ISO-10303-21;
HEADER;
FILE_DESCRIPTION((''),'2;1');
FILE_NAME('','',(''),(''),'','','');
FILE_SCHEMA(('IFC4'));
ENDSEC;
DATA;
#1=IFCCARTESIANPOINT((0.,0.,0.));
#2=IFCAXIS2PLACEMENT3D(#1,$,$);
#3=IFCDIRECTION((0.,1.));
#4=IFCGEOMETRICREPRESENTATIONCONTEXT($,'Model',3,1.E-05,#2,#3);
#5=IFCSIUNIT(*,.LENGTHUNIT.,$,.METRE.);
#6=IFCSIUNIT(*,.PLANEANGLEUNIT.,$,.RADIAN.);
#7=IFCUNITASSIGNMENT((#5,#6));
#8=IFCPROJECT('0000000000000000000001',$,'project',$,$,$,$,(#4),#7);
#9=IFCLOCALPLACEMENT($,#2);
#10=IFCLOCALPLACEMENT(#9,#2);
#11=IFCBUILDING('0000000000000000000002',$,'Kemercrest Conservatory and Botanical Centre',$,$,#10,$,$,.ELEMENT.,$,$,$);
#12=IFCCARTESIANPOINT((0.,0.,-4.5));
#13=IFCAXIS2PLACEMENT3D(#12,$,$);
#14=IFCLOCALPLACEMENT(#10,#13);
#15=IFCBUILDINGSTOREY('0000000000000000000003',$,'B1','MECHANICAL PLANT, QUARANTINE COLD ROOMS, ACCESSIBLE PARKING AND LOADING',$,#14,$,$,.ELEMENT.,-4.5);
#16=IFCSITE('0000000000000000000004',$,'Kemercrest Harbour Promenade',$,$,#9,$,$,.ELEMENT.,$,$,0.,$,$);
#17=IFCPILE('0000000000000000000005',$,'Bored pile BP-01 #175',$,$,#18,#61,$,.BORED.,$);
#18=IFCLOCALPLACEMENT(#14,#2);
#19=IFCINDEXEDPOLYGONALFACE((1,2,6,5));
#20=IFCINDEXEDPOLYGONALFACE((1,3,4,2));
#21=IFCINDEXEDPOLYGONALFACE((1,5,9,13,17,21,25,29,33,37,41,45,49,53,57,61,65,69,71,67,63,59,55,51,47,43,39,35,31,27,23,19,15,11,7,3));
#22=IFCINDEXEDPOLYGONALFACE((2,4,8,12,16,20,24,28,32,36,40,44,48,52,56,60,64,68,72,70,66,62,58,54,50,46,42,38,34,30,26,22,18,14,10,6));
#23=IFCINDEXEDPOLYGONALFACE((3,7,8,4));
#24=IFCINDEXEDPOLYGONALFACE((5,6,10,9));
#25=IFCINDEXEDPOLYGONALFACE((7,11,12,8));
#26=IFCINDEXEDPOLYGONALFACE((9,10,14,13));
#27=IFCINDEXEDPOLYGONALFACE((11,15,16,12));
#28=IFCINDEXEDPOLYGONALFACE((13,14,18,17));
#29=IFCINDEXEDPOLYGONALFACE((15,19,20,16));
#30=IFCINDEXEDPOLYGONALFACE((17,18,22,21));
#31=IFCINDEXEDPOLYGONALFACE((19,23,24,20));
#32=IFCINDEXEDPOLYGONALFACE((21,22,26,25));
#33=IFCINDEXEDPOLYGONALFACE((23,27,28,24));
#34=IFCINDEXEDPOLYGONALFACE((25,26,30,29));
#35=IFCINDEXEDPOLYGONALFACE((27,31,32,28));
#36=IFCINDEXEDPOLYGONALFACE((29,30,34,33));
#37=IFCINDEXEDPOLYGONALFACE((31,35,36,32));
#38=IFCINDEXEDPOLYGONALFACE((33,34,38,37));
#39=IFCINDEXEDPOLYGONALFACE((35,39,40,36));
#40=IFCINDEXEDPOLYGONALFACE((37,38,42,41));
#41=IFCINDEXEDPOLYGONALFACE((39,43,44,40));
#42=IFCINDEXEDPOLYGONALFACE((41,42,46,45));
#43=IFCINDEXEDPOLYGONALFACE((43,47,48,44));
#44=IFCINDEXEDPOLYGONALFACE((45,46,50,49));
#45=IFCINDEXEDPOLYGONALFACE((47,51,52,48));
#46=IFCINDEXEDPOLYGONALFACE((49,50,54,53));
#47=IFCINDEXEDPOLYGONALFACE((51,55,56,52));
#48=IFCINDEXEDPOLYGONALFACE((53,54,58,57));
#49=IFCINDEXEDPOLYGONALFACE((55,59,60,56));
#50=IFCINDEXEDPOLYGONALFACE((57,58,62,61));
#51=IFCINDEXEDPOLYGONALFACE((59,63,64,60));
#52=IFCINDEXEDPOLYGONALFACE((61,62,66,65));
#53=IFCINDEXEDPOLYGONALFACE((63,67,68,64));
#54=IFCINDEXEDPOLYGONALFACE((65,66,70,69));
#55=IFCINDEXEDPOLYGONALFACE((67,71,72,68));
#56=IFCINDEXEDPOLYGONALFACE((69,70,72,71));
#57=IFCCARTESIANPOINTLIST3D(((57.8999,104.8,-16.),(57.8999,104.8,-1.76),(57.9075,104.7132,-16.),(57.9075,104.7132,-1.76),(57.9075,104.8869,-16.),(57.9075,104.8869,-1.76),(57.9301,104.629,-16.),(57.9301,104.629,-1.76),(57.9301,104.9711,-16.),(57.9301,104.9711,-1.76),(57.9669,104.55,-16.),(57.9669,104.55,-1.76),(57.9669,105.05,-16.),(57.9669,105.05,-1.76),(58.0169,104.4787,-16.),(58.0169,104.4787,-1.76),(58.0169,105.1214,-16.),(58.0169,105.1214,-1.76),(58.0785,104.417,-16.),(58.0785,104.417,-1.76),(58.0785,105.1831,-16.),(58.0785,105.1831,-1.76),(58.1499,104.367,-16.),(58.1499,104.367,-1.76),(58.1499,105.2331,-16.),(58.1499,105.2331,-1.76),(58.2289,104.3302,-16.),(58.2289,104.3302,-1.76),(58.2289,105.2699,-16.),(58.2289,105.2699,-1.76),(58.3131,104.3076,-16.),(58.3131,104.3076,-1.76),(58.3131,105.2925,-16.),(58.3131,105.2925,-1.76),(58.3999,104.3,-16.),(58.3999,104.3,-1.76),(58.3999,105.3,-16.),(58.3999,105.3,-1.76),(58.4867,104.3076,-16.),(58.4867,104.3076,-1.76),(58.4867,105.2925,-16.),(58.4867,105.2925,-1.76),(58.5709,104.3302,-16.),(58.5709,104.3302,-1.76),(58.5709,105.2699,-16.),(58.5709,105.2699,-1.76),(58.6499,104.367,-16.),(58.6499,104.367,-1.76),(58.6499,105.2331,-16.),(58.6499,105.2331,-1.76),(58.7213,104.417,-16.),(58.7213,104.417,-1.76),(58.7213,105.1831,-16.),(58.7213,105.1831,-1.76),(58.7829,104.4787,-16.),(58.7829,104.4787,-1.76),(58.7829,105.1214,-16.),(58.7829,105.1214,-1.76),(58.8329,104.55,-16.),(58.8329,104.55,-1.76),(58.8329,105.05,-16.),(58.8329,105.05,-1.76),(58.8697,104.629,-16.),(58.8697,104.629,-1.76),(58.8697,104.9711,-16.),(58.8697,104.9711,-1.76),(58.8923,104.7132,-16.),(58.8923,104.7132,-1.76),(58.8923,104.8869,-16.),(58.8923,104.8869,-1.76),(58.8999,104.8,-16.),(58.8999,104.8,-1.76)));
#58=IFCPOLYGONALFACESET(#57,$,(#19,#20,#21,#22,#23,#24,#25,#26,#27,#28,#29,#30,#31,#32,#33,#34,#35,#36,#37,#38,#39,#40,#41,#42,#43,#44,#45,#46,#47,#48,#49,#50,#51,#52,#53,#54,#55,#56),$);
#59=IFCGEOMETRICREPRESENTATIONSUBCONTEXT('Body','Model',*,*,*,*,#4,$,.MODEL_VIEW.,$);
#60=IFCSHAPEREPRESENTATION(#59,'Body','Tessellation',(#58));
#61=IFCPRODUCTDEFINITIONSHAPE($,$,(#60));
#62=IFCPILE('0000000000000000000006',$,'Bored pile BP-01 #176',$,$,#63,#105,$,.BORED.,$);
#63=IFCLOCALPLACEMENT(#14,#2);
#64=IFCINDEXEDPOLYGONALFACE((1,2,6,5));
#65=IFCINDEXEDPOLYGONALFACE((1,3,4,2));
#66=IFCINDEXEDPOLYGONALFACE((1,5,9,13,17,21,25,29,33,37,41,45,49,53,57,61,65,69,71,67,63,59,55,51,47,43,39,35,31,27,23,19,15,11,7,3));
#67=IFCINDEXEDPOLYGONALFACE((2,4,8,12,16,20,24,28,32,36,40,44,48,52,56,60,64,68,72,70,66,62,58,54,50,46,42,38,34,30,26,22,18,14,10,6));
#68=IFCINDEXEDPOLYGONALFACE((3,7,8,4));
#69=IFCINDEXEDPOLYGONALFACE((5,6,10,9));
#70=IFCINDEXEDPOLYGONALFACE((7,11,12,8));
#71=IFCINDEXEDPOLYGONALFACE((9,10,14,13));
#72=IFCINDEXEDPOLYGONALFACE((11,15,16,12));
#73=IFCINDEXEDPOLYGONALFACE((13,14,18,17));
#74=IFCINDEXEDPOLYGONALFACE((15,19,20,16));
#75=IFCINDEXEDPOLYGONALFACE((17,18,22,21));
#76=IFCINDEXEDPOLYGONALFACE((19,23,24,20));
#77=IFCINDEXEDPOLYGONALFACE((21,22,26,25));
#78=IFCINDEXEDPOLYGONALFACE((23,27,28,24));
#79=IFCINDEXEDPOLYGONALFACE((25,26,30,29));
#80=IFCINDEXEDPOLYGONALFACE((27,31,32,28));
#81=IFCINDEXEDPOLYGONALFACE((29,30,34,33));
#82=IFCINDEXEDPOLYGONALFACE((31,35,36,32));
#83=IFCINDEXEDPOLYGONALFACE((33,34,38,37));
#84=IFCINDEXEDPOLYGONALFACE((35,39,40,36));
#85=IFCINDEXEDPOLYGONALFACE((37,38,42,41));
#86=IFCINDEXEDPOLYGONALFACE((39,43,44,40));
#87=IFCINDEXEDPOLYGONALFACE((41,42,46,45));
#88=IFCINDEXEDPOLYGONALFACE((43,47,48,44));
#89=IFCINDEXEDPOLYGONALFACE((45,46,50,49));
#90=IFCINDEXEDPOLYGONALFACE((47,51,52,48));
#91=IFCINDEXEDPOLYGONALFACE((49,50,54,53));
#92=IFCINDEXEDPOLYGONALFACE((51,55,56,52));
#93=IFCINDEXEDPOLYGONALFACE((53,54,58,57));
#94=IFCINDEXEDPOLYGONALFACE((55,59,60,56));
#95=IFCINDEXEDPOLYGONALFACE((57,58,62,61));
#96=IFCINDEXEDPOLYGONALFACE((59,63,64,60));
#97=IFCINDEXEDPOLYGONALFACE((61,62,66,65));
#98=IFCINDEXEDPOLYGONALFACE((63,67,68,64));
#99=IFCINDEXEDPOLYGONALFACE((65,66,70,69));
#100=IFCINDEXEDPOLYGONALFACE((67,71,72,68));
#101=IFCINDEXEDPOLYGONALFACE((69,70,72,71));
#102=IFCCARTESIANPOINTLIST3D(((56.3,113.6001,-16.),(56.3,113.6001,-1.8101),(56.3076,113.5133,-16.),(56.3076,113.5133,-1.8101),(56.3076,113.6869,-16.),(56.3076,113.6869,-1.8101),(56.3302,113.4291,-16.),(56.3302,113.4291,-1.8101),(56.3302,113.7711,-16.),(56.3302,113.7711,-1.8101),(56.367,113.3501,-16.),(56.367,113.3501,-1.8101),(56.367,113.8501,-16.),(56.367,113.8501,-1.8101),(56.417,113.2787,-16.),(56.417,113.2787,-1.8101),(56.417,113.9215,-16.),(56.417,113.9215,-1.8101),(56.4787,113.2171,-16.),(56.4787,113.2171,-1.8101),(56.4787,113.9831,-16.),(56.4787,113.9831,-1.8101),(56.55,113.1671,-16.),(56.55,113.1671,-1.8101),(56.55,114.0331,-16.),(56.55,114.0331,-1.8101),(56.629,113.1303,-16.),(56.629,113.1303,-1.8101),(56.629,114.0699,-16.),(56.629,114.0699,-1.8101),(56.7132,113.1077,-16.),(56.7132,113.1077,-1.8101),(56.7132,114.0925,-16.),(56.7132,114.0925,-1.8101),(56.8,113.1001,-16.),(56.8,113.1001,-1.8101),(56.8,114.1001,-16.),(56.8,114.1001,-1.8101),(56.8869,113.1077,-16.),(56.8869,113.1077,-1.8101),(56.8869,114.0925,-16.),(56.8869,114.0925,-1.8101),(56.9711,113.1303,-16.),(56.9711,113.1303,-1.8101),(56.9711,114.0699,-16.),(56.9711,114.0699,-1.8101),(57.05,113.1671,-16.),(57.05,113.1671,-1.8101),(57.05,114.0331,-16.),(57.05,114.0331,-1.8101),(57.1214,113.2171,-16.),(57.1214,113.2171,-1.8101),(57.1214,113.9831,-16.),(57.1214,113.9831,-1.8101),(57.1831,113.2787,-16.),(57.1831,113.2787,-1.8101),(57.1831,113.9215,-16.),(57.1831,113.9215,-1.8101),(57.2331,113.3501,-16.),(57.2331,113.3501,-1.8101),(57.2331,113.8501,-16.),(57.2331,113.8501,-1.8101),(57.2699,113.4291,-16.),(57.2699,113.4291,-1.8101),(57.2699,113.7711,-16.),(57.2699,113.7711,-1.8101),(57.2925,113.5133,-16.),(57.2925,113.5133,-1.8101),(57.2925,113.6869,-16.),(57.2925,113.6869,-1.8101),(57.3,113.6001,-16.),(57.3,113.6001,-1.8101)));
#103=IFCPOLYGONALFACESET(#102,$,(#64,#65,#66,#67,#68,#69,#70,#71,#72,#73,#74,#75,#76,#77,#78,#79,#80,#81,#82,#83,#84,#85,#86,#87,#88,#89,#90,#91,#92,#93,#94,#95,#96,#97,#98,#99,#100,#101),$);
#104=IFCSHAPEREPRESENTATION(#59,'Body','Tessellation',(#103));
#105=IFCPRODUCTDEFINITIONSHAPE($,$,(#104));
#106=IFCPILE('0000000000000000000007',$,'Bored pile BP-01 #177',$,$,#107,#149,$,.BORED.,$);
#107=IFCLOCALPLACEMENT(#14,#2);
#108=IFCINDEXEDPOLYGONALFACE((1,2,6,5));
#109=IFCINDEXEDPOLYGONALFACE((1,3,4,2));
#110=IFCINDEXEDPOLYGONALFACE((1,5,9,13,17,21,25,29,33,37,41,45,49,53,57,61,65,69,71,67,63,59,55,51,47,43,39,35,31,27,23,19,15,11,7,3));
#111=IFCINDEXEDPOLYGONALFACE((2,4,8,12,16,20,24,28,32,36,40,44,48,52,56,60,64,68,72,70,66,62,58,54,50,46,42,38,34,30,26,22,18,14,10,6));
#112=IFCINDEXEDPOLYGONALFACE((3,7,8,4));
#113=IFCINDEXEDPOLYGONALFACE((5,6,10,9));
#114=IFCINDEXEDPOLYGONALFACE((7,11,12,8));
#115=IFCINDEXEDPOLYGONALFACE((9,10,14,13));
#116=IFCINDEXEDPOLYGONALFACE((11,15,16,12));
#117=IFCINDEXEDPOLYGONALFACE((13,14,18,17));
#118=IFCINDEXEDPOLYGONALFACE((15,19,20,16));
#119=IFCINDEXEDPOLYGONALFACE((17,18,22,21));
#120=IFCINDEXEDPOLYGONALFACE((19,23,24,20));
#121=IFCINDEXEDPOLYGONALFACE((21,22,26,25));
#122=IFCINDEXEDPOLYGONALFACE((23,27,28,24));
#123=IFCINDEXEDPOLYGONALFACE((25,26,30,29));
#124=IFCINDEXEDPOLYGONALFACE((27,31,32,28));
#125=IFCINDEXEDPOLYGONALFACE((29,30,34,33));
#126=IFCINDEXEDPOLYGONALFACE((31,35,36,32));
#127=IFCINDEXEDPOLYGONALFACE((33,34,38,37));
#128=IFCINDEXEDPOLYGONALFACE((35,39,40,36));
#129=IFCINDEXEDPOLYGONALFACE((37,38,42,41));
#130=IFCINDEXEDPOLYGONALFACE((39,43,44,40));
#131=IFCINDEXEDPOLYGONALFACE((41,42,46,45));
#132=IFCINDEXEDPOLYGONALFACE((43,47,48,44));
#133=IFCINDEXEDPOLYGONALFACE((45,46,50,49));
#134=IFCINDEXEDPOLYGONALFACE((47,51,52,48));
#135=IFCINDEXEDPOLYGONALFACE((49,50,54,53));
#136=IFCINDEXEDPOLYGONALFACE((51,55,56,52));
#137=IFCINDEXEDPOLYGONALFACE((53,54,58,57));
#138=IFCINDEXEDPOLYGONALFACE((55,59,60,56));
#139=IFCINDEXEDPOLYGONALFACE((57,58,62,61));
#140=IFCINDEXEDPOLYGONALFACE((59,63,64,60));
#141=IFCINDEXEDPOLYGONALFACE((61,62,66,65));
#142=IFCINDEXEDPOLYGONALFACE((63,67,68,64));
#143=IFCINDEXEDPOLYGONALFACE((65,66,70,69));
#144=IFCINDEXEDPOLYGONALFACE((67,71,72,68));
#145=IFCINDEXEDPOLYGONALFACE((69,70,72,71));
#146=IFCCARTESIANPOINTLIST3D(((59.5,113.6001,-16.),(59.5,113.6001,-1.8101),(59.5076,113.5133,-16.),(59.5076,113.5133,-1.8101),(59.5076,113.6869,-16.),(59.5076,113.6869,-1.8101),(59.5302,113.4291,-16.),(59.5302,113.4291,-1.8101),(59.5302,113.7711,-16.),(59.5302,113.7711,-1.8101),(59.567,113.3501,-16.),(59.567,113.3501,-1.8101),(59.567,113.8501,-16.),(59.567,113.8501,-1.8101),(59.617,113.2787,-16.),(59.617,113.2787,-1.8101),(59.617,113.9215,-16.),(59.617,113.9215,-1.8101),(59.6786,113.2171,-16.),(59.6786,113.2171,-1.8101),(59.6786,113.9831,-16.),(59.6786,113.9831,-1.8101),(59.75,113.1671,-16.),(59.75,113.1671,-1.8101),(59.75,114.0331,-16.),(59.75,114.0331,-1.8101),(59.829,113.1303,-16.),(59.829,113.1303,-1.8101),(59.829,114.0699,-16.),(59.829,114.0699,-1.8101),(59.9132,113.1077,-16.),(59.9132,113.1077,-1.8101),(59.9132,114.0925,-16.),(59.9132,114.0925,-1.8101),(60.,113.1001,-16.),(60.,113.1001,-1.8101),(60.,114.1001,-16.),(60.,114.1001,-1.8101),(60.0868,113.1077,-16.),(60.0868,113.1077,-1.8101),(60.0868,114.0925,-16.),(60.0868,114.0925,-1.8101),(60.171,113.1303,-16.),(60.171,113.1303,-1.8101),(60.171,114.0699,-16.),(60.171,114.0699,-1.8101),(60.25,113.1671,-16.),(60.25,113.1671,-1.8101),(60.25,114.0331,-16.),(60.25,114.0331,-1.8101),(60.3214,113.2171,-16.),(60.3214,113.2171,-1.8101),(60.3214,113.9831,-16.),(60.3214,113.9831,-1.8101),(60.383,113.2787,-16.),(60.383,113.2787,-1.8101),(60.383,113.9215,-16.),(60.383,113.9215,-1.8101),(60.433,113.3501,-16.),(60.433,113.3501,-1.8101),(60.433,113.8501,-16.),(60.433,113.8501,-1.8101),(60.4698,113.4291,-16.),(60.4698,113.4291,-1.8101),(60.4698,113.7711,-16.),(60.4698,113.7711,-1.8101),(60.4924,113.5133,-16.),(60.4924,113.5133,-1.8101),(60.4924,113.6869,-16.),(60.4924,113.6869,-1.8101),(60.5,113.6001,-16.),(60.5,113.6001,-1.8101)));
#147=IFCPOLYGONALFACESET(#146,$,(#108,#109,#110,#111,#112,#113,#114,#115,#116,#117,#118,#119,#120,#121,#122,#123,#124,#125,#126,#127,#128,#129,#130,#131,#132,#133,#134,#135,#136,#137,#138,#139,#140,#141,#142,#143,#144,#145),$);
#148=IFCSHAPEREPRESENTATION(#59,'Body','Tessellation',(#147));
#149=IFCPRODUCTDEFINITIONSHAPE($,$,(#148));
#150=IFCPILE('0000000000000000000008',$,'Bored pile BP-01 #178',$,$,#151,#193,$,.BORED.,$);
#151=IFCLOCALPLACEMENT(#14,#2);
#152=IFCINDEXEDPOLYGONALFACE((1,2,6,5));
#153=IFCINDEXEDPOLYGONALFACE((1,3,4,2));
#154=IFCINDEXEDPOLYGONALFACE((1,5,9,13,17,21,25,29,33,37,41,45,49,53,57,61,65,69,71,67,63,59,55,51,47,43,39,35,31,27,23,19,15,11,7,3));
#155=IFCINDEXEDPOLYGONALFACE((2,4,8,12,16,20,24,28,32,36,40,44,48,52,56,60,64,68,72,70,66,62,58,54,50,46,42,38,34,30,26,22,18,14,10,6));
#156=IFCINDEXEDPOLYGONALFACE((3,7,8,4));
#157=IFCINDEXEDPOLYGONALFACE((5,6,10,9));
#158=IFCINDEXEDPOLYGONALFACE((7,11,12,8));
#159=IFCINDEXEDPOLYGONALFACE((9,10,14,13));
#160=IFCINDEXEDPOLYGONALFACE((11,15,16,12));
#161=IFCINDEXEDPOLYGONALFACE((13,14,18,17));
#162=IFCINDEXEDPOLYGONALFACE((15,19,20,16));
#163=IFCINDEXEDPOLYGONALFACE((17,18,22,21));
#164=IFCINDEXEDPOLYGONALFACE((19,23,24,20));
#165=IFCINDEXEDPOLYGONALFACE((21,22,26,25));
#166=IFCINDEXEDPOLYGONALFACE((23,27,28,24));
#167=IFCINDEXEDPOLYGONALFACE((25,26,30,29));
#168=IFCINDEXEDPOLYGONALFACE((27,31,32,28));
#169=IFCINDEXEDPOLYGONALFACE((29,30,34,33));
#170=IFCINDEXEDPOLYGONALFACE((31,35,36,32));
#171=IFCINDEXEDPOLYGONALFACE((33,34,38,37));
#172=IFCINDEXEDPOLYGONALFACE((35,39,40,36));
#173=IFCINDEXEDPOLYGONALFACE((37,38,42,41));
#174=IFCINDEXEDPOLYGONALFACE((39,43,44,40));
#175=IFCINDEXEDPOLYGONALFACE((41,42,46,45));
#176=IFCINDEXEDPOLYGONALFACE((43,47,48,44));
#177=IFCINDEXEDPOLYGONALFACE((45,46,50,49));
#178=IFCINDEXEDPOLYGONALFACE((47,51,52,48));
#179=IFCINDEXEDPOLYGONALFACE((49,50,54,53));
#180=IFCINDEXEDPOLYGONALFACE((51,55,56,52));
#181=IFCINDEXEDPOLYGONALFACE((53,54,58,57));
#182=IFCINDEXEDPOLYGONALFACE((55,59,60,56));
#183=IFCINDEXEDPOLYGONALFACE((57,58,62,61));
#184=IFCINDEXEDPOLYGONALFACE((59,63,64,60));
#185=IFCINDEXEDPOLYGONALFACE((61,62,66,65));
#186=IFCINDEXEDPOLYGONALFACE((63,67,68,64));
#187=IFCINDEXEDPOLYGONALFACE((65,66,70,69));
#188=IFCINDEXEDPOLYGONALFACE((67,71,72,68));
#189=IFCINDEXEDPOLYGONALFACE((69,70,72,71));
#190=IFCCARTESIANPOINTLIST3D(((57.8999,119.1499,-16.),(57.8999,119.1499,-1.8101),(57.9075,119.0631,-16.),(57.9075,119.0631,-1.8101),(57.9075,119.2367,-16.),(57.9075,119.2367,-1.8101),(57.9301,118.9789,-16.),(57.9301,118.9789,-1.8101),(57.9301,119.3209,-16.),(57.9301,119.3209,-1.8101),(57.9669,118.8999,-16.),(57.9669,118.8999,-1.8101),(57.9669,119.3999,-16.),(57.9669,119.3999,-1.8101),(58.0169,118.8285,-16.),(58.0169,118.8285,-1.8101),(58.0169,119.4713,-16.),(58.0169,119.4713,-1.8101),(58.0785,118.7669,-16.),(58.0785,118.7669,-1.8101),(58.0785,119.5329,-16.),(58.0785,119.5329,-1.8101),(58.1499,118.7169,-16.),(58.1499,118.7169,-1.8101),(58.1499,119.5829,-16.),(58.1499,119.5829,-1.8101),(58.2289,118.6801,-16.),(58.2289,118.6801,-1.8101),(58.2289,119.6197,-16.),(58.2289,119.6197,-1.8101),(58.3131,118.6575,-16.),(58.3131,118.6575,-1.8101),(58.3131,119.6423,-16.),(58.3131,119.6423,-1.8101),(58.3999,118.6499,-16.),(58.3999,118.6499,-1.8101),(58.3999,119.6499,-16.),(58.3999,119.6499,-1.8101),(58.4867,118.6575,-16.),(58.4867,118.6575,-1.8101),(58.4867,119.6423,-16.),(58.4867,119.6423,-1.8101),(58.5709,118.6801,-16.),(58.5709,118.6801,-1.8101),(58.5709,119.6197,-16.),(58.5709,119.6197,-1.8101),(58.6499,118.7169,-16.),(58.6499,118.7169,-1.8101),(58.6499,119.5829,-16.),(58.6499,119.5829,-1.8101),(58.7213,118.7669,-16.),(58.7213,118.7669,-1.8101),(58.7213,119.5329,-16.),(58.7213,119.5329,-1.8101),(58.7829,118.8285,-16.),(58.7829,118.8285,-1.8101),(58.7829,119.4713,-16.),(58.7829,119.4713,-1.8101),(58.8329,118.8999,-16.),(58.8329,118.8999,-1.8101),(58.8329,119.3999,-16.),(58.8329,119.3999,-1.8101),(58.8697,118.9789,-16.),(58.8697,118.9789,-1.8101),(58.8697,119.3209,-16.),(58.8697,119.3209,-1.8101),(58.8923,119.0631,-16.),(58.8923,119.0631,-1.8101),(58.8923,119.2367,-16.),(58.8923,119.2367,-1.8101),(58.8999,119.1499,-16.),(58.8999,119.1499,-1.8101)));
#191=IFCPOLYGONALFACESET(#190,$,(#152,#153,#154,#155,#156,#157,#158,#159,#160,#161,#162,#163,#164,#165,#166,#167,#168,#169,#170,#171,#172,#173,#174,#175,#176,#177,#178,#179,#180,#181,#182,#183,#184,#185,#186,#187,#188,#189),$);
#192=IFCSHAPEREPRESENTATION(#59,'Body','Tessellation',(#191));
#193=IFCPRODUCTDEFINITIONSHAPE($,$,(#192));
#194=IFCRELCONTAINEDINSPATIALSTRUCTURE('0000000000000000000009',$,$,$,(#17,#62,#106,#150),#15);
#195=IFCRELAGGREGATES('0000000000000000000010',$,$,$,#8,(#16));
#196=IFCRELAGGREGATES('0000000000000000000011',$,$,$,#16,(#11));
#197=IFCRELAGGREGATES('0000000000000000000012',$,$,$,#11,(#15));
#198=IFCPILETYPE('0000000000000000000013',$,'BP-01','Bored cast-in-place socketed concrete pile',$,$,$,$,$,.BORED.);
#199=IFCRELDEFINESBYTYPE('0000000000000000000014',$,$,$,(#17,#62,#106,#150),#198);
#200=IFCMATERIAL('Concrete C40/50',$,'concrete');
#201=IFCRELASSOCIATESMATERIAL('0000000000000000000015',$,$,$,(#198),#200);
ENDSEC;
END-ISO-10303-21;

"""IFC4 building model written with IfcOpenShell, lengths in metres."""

from ifc_helpers import new_model, si_unit, direction, frame, origin, origin_2d, place, context, subcontext, project, spatial, circle, extrude, material, material_profile, profile_set, type_object, element, save


model = new_model("IFC4")

# Units and contexts
model_context = context("Model", 3, precision=1e-05, world=origin(), true_north=direction((0.0, 1.0)))
body_context = subcontext(model_context, "Body", "Model", "MODEL_VIEW")
ifc_project = project(units=[si_unit("LENGTHUNIT", "METRE"), si_unit("PLANEANGLEUNIT", "RADIAN")], contexts=[model_context])

# Site, building, storey
site_placement = place(None, origin())
site = spatial("IfcSite", under=ifc_project, at=site_placement, Name="Kemercrest Harbour Promenade", CompositionType="ELEMENT", RefElevation=0.0)
building_placement = place(site_placement, origin())
building = spatial("IfcBuilding", under=site, at=building_placement, Name="Kemercrest Conservatory and Botanical Centre", CompositionType="ELEMENT")
storey_placement = place(building_placement, frame((0.0, 0.0, -4.5)))
storey = spatial("IfcBuildingStorey", under=building, at=storey_placement, Name="B1", Description="MECHANICAL PLANT, QUARANTINE COLD ROOMS, ACCESSIBLE PARKING AND LOADING", CompositionType="ELEMENT", Elevation=-4.5)

# Piles
ifc_material_1 = material(Name="Concrete C40/50", Category="concrete")
ifc_material_profile_1 = material_profile(ifc_material_1, circle(Radius=0.5, at=origin_2d()), Name="BORED PILE 1000")
ifc_profile_set_1 = profile_set([ifc_material_profile_1], Name="Concrete C40/50")
pile_type = type_object("IfcPileType", Name="BP-01", Description="Bored cast-in-place socketed concrete pile", PredefinedType="BORED", material=ifc_profile_set_1)
pile_1_placement = place(storey_placement, frame((58.3999, 104.8, -1.76), z_axis=(0.0, 0.0, -1.0), x_axis=(1.0, 0.0, 0.0)))
element("IfcPile", 1, at=pile_1_placement, inside=storey, type_object=pile_type, Name="Bored pile BP-01 #175", PredefinedType="BORED", context=body_context, shape_type="SweptSolid", body=[
    extrude(circle(Radius=0.5, at=origin_2d()), origin(), (0.0, 0.0, 1.0), 14.24),
])
for number, where, z_axis, x_axis, name in (
    (2, (56.8, 113.6001, -1.8101), (0.0, 0.0, -1.0), (1.0, 0.0, 0.0), "Bored pile BP-01 #176"),
    (3, (60.0, 113.6001, -1.8101), (0.0, 0.0, -1.0), (1.0, 0.0, 0.0), "Bored pile BP-01 #177"),
    (4, (58.3999, 119.1499, -1.8101), (0.0, 0.0, -1.0), (1.0, 0.0, 0.0), "Bored pile BP-01 #178"),
):
    element("IfcPile", number, at=place(storey_placement, frame(where, z_axis=z_axis, x_axis=x_axis)), inside=storey, type_object=pile_type, Name=name, PredefinedType="BORED", context=body_context, shape_type="SweptSolid", body=[
        extrude(circle(Radius=0.5, at=origin_2d()), origin(), (0.0, 0.0, 1.0), 14.1899),
    ])

save(model, "model.ifc")
